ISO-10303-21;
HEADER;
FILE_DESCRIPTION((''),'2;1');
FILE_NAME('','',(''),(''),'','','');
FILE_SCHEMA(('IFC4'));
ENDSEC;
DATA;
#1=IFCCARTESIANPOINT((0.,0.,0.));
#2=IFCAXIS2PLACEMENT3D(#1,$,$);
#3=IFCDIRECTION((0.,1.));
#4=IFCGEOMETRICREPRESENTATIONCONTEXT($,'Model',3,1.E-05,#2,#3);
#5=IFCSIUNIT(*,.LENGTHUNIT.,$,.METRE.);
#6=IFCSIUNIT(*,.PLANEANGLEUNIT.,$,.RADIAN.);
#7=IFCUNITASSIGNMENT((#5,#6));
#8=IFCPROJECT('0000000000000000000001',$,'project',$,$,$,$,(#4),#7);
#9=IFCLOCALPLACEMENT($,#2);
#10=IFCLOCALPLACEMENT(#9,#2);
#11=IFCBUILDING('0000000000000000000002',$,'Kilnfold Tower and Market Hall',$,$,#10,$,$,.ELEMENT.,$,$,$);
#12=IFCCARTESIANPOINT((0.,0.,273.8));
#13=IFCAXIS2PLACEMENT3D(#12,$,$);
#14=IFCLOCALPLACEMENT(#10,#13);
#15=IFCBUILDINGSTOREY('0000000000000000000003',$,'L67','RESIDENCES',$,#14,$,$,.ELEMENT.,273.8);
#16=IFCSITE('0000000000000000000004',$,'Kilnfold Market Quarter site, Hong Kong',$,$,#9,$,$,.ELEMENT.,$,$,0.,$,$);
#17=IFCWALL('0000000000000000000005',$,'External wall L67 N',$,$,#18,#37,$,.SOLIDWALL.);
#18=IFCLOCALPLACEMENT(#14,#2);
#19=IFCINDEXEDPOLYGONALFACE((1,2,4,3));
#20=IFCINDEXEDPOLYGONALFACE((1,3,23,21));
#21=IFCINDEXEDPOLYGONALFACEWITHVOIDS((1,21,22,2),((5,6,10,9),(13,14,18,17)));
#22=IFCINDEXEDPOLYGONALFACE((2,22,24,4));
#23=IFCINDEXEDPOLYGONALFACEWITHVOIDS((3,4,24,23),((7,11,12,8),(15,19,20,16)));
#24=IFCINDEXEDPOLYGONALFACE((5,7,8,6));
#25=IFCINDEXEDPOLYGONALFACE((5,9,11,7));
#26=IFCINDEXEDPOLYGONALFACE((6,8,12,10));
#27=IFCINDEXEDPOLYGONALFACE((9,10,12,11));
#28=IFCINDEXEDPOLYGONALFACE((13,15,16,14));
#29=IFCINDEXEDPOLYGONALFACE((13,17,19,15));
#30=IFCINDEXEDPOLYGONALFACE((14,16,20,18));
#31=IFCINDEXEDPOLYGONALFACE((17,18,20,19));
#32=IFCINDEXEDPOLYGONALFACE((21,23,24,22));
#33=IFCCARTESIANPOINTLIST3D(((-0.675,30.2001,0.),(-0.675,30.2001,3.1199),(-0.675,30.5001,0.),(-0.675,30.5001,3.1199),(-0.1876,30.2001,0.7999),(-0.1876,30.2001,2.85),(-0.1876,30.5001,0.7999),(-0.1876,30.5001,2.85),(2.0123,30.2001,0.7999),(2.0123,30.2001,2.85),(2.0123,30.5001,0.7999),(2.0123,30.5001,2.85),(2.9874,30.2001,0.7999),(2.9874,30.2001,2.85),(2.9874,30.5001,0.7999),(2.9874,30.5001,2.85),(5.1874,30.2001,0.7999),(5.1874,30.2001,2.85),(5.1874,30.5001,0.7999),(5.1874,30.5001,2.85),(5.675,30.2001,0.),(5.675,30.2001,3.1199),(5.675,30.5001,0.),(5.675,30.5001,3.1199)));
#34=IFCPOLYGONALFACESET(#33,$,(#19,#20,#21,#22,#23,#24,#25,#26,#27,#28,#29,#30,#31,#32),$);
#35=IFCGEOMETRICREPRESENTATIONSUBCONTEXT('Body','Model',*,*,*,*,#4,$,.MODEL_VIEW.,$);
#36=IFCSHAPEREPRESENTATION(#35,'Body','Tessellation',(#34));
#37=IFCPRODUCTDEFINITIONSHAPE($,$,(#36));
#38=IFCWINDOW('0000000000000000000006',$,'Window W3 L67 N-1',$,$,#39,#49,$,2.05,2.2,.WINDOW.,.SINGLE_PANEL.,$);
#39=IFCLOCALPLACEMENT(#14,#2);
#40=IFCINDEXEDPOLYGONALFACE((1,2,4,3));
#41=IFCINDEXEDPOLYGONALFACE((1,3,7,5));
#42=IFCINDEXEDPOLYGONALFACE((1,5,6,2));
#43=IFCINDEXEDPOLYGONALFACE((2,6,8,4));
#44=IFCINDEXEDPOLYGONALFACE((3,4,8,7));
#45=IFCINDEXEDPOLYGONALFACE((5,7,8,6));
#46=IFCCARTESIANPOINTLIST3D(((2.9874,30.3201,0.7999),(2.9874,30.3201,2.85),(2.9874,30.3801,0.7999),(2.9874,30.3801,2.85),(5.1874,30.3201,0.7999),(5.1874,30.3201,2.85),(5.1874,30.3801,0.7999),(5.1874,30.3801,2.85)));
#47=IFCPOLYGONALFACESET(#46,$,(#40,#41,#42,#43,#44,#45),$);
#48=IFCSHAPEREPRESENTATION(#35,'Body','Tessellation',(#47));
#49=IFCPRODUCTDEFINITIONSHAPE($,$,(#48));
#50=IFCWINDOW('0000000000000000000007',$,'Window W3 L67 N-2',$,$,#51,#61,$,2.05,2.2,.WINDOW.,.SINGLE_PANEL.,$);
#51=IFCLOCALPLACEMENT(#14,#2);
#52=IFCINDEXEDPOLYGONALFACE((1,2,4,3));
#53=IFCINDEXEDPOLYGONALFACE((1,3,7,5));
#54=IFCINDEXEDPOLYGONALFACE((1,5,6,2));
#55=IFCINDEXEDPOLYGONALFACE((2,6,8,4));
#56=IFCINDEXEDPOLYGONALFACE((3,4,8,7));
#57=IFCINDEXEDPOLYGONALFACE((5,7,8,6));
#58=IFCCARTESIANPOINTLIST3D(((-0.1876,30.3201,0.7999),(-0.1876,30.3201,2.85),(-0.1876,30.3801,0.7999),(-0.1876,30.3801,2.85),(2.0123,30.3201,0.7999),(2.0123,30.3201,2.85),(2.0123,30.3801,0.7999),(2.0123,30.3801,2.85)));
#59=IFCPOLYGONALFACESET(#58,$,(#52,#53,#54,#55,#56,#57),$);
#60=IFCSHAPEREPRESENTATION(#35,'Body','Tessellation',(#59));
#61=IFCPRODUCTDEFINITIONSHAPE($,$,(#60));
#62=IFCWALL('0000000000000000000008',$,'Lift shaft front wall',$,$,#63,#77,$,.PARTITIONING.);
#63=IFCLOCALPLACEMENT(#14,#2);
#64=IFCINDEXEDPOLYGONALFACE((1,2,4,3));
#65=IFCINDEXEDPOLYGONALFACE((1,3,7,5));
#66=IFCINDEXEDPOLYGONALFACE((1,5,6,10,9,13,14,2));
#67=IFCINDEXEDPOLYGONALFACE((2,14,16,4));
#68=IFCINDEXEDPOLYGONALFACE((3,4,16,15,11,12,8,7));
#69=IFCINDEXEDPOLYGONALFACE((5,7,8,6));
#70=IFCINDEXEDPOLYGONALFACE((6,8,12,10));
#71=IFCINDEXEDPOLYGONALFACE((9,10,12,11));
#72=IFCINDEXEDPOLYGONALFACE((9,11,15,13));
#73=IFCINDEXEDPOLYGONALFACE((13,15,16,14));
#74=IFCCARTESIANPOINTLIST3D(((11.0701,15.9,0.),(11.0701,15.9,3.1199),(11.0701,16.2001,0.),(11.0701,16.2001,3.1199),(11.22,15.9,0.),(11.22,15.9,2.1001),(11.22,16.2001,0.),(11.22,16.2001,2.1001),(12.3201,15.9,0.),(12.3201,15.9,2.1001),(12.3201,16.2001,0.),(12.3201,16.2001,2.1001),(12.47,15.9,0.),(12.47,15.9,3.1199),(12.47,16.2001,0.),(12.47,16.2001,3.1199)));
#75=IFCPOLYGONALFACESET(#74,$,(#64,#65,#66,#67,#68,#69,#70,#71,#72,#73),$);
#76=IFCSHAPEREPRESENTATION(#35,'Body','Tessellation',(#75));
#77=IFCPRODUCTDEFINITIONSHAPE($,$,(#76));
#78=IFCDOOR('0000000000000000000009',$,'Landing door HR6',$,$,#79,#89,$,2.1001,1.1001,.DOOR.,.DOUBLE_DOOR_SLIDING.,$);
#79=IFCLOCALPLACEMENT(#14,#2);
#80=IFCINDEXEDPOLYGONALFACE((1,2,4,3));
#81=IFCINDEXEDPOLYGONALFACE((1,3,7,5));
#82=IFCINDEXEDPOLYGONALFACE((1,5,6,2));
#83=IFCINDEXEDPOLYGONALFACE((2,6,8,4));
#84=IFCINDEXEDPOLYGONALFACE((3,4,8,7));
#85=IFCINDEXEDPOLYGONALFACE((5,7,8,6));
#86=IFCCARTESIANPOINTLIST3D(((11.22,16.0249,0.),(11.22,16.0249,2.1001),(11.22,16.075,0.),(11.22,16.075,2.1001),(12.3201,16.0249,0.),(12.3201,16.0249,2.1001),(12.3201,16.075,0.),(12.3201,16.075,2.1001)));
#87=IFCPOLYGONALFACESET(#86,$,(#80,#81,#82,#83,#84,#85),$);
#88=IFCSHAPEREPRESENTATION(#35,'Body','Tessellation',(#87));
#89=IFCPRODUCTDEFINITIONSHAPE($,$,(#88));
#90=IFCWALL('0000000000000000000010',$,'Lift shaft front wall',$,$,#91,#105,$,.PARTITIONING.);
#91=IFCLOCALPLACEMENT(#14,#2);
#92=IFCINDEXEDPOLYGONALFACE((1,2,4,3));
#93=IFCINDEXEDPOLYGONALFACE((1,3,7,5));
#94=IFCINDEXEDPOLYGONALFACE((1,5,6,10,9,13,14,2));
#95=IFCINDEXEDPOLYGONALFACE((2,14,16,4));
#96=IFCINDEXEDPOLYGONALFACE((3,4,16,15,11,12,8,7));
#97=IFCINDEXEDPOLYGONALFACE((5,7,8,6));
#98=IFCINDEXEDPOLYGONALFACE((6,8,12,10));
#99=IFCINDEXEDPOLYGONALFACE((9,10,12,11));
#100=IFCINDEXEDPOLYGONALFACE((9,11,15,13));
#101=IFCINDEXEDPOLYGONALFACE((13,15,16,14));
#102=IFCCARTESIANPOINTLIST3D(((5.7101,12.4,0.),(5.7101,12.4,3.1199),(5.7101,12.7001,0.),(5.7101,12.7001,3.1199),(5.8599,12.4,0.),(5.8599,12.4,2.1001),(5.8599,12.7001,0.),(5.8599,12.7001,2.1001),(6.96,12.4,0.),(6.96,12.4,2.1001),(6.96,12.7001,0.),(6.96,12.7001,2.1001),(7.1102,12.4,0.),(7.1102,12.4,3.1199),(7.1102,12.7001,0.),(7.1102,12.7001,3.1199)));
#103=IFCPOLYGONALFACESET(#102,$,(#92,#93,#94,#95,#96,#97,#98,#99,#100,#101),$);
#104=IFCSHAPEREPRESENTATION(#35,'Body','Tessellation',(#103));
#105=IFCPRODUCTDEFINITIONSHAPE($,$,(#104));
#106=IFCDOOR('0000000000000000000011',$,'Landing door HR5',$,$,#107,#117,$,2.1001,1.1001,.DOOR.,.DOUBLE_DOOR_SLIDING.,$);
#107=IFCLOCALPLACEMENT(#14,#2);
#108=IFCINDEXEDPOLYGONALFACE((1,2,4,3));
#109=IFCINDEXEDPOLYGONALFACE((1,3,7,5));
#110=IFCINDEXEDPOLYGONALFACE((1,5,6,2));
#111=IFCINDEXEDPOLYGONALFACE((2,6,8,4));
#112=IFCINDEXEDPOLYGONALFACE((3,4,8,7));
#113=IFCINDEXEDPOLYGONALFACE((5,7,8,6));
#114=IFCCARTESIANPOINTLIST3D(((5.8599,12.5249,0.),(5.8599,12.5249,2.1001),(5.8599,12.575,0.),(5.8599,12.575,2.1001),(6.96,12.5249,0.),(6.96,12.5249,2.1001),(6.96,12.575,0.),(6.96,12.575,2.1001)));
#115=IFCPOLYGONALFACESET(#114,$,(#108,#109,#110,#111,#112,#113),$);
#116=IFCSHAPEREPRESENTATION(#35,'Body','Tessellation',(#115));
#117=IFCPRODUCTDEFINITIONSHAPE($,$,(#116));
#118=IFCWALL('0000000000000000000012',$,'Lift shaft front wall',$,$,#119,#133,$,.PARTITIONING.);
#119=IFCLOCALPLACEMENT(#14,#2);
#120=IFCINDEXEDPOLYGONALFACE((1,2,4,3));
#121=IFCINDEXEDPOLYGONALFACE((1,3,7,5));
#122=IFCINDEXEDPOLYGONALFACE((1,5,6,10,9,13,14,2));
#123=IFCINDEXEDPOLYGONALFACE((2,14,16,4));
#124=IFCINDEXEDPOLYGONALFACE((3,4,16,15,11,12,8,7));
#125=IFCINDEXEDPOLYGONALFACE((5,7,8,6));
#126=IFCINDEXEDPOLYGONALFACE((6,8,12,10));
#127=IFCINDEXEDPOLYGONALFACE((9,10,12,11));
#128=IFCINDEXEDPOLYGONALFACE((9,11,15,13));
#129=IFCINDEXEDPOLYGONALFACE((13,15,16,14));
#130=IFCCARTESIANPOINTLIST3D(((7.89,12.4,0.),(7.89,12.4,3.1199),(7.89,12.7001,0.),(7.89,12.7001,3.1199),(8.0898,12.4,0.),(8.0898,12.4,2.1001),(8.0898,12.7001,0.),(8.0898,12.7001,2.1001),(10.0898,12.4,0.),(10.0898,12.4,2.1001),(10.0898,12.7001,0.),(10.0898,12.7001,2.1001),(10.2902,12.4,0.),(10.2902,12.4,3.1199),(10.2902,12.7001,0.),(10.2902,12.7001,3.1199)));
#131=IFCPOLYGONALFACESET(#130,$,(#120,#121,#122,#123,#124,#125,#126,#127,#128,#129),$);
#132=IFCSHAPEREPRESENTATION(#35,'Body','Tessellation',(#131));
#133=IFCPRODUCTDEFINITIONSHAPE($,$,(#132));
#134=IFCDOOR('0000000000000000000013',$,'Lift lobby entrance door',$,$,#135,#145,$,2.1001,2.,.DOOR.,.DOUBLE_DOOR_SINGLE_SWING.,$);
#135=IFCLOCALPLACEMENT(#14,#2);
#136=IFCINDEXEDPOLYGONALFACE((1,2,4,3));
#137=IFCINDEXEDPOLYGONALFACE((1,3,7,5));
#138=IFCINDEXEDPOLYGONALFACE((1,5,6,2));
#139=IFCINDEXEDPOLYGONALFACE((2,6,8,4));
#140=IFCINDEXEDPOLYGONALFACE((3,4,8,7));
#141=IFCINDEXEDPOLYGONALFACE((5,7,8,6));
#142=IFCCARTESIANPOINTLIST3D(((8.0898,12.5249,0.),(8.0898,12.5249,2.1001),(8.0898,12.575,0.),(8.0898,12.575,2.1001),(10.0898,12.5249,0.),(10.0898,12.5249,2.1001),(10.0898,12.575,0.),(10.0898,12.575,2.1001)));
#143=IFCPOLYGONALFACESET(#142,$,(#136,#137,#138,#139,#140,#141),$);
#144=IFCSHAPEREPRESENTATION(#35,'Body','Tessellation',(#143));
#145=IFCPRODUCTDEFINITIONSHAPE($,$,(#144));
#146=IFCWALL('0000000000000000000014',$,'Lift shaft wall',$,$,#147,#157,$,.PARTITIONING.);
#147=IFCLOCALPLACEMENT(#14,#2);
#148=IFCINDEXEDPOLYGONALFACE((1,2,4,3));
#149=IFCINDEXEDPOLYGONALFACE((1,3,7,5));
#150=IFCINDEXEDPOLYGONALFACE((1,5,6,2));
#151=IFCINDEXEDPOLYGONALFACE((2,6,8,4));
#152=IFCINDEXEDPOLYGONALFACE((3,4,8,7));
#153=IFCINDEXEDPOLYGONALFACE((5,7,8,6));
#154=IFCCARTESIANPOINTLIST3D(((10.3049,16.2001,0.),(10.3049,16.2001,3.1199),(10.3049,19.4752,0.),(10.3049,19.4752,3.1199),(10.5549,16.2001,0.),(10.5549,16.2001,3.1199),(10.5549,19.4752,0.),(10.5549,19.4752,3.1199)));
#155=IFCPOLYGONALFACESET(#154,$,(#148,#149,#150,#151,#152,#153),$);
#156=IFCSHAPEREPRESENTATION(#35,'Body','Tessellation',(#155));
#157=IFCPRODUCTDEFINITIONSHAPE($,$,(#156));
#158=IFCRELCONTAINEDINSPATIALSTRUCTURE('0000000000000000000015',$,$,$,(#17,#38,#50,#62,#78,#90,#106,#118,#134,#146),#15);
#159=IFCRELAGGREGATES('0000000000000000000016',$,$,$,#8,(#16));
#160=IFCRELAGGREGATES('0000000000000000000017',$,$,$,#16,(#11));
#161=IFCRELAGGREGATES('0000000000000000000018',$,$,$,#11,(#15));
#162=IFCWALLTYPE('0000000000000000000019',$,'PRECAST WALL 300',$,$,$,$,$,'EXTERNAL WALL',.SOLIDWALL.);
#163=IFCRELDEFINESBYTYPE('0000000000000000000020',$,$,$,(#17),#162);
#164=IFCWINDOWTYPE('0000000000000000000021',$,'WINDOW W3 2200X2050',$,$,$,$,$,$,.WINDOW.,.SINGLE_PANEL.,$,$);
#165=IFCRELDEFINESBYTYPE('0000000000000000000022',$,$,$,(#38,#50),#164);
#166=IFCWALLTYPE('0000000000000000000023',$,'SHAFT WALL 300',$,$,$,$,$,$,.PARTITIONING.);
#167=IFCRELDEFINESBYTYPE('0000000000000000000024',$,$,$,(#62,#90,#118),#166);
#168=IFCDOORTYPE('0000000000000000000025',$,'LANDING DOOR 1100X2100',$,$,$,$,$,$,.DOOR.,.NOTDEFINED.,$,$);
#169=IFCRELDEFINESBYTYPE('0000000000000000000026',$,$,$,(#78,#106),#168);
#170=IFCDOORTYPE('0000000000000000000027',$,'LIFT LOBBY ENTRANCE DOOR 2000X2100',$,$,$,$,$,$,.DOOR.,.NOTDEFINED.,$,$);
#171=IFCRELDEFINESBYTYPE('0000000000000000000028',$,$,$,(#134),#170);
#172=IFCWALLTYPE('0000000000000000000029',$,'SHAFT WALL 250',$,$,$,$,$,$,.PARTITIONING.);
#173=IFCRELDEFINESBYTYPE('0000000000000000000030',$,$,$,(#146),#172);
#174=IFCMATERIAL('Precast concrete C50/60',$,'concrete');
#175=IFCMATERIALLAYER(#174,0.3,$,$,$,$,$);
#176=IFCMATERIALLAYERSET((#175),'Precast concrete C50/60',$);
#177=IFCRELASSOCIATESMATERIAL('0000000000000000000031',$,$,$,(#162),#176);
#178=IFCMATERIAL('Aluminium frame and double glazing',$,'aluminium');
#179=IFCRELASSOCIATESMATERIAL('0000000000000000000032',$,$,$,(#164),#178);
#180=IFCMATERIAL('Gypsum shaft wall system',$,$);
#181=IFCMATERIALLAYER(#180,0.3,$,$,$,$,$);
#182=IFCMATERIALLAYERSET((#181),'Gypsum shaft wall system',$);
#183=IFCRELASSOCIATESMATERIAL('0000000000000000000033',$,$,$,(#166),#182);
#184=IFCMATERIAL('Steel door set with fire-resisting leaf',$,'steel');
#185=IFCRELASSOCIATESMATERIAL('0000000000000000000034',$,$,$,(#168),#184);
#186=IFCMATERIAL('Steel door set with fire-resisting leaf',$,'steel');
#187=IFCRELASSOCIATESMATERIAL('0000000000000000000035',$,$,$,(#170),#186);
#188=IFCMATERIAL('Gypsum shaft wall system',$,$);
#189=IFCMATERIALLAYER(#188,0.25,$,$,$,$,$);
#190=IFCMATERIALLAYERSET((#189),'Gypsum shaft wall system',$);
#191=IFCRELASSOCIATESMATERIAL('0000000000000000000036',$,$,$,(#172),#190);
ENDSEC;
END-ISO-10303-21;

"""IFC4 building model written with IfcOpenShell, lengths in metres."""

from ifc_helpers import new_model, si_unit, direction, frame, frame_2d, origin, place, context, subcontext, project, spatial, rectangle, extrude, source, transform, mapped, material, layer, layer_set, type_object, element, fill, save


model = new_model("IFC4")

# Units and contexts
model_context = context("Model", 3, precision=1e-05, world=origin(), true_north=direction((0.0, 1.0)))
body_context = subcontext(model_context, "Body", "Model", "MODEL_VIEW")
ifc_project = project(units=[si_unit("LENGTHUNIT", "METRE"), si_unit("PLANEANGLEUNIT", "RADIAN")], contexts=[model_context])

# Site, building, storey
site_placement = place(None, origin())
site = spatial("IfcSite", under=ifc_project, at=site_placement, Name="Kilnfold Market Quarter site, Hong Kong", CompositionType="ELEMENT", RefElevation=0.0)
building_placement = place(site_placement, origin())
building = spatial("IfcBuilding", under=site, at=building_placement, Name="Kilnfold Tower and Market Hall", CompositionType="ELEMENT")
storey_placement = place(building_placement, frame((0.0, 0.0, 273.8)))
storey = spatial("IfcBuildingStorey", under=building, at=storey_placement, Name="L67", Description="RESIDENCES", CompositionType="ELEMENT", Elevation=273.8)

# Wall, openings, windows
ifc_material_1 = material(Name="Precast concrete C50/60", Category="concrete")
ifc_layer_1 = layer(ifc_material_1, 0.3)
ifc_layer_set_1 = layer_set([ifc_layer_1], Name="Precast concrete C50/60")
wall_type_1 = type_object("IfcWallType", Name="PRECAST WALL 300", ElementType="EXTERNAL WALL", PredefinedType="SOLIDWALL", material=ifc_layer_set_1)
shared_shape_1 = source(origin(), body_context, "Body", "SweptSolid", [
    extrude(rectangle(XDim=6.3501, YDim=0.3, at=frame_2d((3.175, 0.0))), origin(), (0.0, 0.0, 1.0), 3.1199),
])
ifc_material_2 = material(Name="Aluminium frame and double glazing", Category="aluminium")
window_type = type_object("IfcWindowType", Name="WINDOW W3 2200X2050", PartitioningType="SINGLE_PANEL", PredefinedType="WINDOW", material=ifc_material_2)
wall_1_placement = place(storey_placement, frame((5.675, 30.3501, 0.0), z_axis=(0.0, 0.0, 1.0), x_axis=(-1.0, 0.0, 0.0)))
wall_1 = element("IfcWall", 1, at=wall_1_placement, inside=storey, type_object=wall_type_1, Name="External wall L67 N", PredefinedType="SOLIDWALL", context=body_context, shape_type="MappedRepresentation", body=[
    mapped(shared_shape_1, transform((0.0, 0.0, 0.0))),
])
opening_1_placement = place(wall_1_placement, frame((0.4875, 0.0, 0.8)))
opening_1 = element("IfcOpeningElement", 2, at=opening_1_placement, cuts=wall_1, PredefinedType="OPENING", context=body_context, shape_type="SweptSolid", body=[
    extrude(rectangle(XDim=2.2, YDim=2.05, at=frame_2d((1.1001, 1.0249))), frame((0.0, 0.1602, 0.0), z_axis=(0.0, -1.0, 0.0), x_axis=(1.0, 0.0, 0.0)), (0.0, 0.0, 1.0), 0.3201),
])
opening_2_placement = place(wall_1_placement, frame((3.6626, 0.0, 0.8)))
opening_2 = element("IfcOpeningElement", 3, at=opening_2_placement, cuts=wall_1, PredefinedType="OPENING", context=body_context, shape_type="SweptSolid", body=[
    extrude(rectangle(XDim=2.2, YDim=2.05, at=frame_2d((1.1001, 1.0249))), frame((0.0, 0.1602, 0.0), z_axis=(0.0, -1.0, 0.0), x_axis=(1.0, 0.0, 0.0)), (0.0, 0.0, 1.0), 0.3201),
])
window_1_placement = place(opening_1_placement, origin())
window_1 = element("IfcWindow", 4, at=window_1_placement, inside=storey, type_object=window_type, Name="Window W3 L67 N-1", OverallHeight=2.05, OverallWidth=2.2, PartitioningType="SINGLE_PANEL", PredefinedType="WINDOW", context=body_context, shape_type="SweptSolid", body=[
    extrude(rectangle(XDim=2.2, YDim=2.05, at=frame_2d((1.1001, 1.0249))), frame((0.0, 0.03, 0.0), z_axis=(0.0, -1.0, 0.0), x_axis=(1.0, 0.0, 0.0)), (0.0, 0.0, 1.0), 0.0601),
])
fill(opening_1, window_1)
window_2_placement = place(opening_2_placement, origin())
window_2 = element("IfcWindow", 5, at=window_2_placement, inside=storey, type_object=window_type, Name="Window W3 L67 N-2", OverallHeight=2.05, OverallWidth=2.2, PartitioningType="SINGLE_PANEL", PredefinedType="WINDOW", context=body_context, shape_type="SweptSolid", body=[
    extrude(rectangle(XDim=2.2, YDim=2.05, at=frame_2d((1.1001, 1.0249))), frame((0.0, 0.03, 0.0), z_axis=(0.0, -1.0, 0.0), x_axis=(1.0, 0.0, 0.0)), (0.0, 0.0, 1.0), 0.0601),
])
fill(opening_2, window_2)

# Walls, openings, doors
ifc_material_3 = material(Name="Gypsum shaft wall system")
ifc_layer_2 = layer(ifc_material_3, 0.3)
ifc_layer_set_2 = layer_set([ifc_layer_2], Name="Gypsum shaft wall system")
wall_type_2 = type_object("IfcWallType", Name="SHAFT WALL 300", PredefinedType="PARTITIONING", material=ifc_layer_set_2)
shared_shape_2 = source(origin(), body_context, "Body", "SweptSolid", [
    extrude(rectangle(XDim=1.3999, YDim=0.3, at=frame_2d((0.7, 0.0))), origin(), (0.0, 0.0, 1.0), 3.1199),
])
wall_2_placement = place(storey_placement, frame((11.0701, 16.05, 0.0), z_axis=(0.0, 0.0, 1.0), x_axis=(1.0, 0.0, 0.0)))
wall_2 = element("IfcWall", 6, at=wall_2_placement, inside=storey, type_object=wall_type_2, Name="Lift shaft front wall", PredefinedType="PARTITIONING", context=body_context, shape_type="MappedRepresentation", body=[
    mapped(shared_shape_2, transform((0.0, 0.0, 0.0))),
])
opening_3_placement = place(wall_2_placement, frame((0.1499, 0.0, 0.0)))
opening_3 = element("IfcOpeningElement", 7, at=opening_3_placement, cuts=wall_2, PredefinedType="OPENING", context=body_context, shape_type="SweptSolid", body=[
    extrude(rectangle(XDim=1.1001, YDim=2.1001, at=frame_2d((0.55, 1.05))), frame((0.0, 0.1602, 0.0), z_axis=(0.0, -1.0, 0.0), x_axis=(1.0, 0.0, 0.0)), (0.0, 0.0, 1.0), 0.3201),
])
ifc_material_4 = material(Name="Steel door set with fire-resisting leaf", Category="steel")
door_type_1 = type_object("IfcDoorType", Name="LANDING DOOR 1100X2100", OperationType="NOTDEFINED", PredefinedType="DOOR", material=ifc_material_4)
door_1_placement = place(opening_3_placement, origin())
door_1 = element("IfcDoor", 8, at=door_1_placement, inside=storey, type_object=door_type_1, Name="Landing door HR6", OperationType="DOUBLE_DOOR_SLIDING", OverallHeight=2.1001, OverallWidth=1.1001, PredefinedType="DOOR", context=body_context, shape_type="SweptSolid", body=[
    extrude(rectangle(XDim=1.1001, YDim=2.1001, at=frame_2d((0.55, 1.05))), frame((0.0, 0.0249, 0.0), z_axis=(0.0, -1.0, 0.0), x_axis=(1.0, 0.0, 0.0)), (0.0, 0.0, 1.0), 0.05),
])
fill(opening_3, door_1)
shared_shape_3 = source(origin(), body_context, "Body", "SweptSolid", [
    extrude(rectangle(XDim=1.4001, YDim=0.3, at=frame_2d((0.7002, 0.0))), origin(), (0.0, 0.0, 1.0), 3.1199),
])
wall_3_placement = place(storey_placement, frame((5.71, 12.55, 0.0), z_axis=(0.0, 0.0, 1.0), x_axis=(1.0, 0.0, 0.0)))
wall_3 = element("IfcWall", 9, at=wall_3_placement, inside=storey, type_object=wall_type_2, Name="Lift shaft front wall", PredefinedType="PARTITIONING", context=body_context, shape_type="MappedRepresentation", body=[
    mapped(shared_shape_3, transform((0.0, 0.0, 0.0))),
])
opening_4_placement = place(wall_3_placement, frame((0.1499, 0.0, 0.0)))
opening_4 = element("IfcOpeningElement", 10, at=opening_4_placement, cuts=wall_3, PredefinedType="OPENING", context=body_context, shape_type="SweptSolid", body=[
    extrude(rectangle(XDim=1.1001, YDim=2.1001, at=frame_2d((0.55, 1.05))), frame((0.0, 0.1602, 0.0), z_axis=(0.0, -1.0, 0.0), x_axis=(1.0, 0.0, 0.0)), (0.0, 0.0, 1.0), 0.3201),
])
door_2_placement = place(opening_4_placement, origin())
door_2 = element("IfcDoor", 11, at=door_2_placement, inside=storey, type_object=door_type_1, Name="Landing door HR5", OperationType="DOUBLE_DOOR_SLIDING", OverallHeight=2.1001, OverallWidth=1.1001, PredefinedType="DOOR", context=body_context, shape_type="SweptSolid", body=[
    extrude(rectangle(XDim=1.1001, YDim=2.1001, at=frame_2d((0.55, 1.05))), frame((0.0, 0.0249, 0.0), z_axis=(0.0, -1.0, 0.0), x_axis=(1.0, 0.0, 0.0)), (0.0, 0.0, 1.0), 0.05),
])
fill(opening_4, door_2)
shared_shape_4 = source(origin(), body_context, "Body", "SweptSolid", [
    extrude(rectangle(XDim=2.4001, YDim=0.3, at=frame_2d((1.2002, 0.0))), origin(), (0.0, 0.0, 1.0), 3.1199),
])
wall_4_placement = place(storey_placement, frame((7.8899, 12.55, 0.0), z_axis=(0.0, 0.0, 1.0), x_axis=(1.0, 0.0, 0.0)))
wall_4 = element("IfcWall", 12, at=wall_4_placement, inside=storey, type_object=wall_type_2, Name="Lift shaft front wall", PredefinedType="PARTITIONING", context=body_context, shape_type="MappedRepresentation", body=[
    mapped(shared_shape_4, transform((0.0, 0.0, 0.0))),
])
opening_5_placement = place(wall_4_placement, frame((0.2, 0.0, 0.0)))
opening_5 = element("IfcOpeningElement", 13, at=opening_5_placement, cuts=wall_4, PredefinedType="OPENING", context=body_context, shape_type="SweptSolid", body=[
    extrude(rectangle(XDim=2.0, YDim=2.1001, at=frame_2d((1.0, 1.05))), frame((0.0, 0.1602, 0.0), z_axis=(0.0, -1.0, 0.0), x_axis=(1.0, 0.0, 0.0)), (0.0, 0.0, 1.0), 0.3201),
])
ifc_material_5 = material(Name="Steel door set with fire-resisting leaf", Category="steel")
door_type_2 = type_object("IfcDoorType", Name="LIFT LOBBY ENTRANCE DOOR 2000X2100", OperationType="NOTDEFINED", PredefinedType="DOOR", material=ifc_material_5)
door_3_placement = place(opening_5_placement, origin())
door_3 = element("IfcDoor", 14, at=door_3_placement, inside=storey, type_object=door_type_2, Name="Lift lobby entrance door", OperationType="DOUBLE_DOOR_SINGLE_SWING", OverallHeight=2.1001, OverallWidth=2.0, PredefinedType="DOOR", context=body_context, shape_type="SweptSolid", body=[
    extrude(rectangle(XDim=2.0, YDim=2.1001, at=frame_2d((1.0, 1.05))), frame((0.0, 0.0249, 0.0), z_axis=(0.0, -1.0, 0.0), x_axis=(1.0, 0.0, 0.0)), (0.0, 0.0, 1.0), 0.05),
])
fill(opening_5, door_3)

# Wall
ifc_material_6 = material(Name="Gypsum shaft wall system")
ifc_layer_3 = layer(ifc_material_6, 0.25)
ifc_layer_set_3 = layer_set([ifc_layer_3], Name="Gypsum shaft wall system")
wall_type_3 = type_object("IfcWallType", Name="SHAFT WALL 250", PredefinedType="PARTITIONING", material=ifc_layer_set_3)
shared_shape_5 = source(origin(), body_context, "Body", "SweptSolid", [
    extrude(rectangle(XDim=3.2751, YDim=0.25, at=frame_2d((1.6377, 0.0))), origin(), (0.0, 0.0, 1.0), 3.1199),
])
wall_5_placement = place(storey_placement, frame((10.4299, 16.2, 0.0), z_axis=(0.0, 0.0, 1.0), x_axis=(0.0, 1.0, 0.0)))
element("IfcWall", 15, at=wall_5_placement, inside=storey, type_object=wall_type_3, Name="Lift shaft wall", PredefinedType="PARTITIONING", context=body_context, shape_type="MappedRepresentation", body=[
    mapped(shared_shape_5, transform((0.0, 0.0, 0.0))),
])

save(model, "model.ifc")
